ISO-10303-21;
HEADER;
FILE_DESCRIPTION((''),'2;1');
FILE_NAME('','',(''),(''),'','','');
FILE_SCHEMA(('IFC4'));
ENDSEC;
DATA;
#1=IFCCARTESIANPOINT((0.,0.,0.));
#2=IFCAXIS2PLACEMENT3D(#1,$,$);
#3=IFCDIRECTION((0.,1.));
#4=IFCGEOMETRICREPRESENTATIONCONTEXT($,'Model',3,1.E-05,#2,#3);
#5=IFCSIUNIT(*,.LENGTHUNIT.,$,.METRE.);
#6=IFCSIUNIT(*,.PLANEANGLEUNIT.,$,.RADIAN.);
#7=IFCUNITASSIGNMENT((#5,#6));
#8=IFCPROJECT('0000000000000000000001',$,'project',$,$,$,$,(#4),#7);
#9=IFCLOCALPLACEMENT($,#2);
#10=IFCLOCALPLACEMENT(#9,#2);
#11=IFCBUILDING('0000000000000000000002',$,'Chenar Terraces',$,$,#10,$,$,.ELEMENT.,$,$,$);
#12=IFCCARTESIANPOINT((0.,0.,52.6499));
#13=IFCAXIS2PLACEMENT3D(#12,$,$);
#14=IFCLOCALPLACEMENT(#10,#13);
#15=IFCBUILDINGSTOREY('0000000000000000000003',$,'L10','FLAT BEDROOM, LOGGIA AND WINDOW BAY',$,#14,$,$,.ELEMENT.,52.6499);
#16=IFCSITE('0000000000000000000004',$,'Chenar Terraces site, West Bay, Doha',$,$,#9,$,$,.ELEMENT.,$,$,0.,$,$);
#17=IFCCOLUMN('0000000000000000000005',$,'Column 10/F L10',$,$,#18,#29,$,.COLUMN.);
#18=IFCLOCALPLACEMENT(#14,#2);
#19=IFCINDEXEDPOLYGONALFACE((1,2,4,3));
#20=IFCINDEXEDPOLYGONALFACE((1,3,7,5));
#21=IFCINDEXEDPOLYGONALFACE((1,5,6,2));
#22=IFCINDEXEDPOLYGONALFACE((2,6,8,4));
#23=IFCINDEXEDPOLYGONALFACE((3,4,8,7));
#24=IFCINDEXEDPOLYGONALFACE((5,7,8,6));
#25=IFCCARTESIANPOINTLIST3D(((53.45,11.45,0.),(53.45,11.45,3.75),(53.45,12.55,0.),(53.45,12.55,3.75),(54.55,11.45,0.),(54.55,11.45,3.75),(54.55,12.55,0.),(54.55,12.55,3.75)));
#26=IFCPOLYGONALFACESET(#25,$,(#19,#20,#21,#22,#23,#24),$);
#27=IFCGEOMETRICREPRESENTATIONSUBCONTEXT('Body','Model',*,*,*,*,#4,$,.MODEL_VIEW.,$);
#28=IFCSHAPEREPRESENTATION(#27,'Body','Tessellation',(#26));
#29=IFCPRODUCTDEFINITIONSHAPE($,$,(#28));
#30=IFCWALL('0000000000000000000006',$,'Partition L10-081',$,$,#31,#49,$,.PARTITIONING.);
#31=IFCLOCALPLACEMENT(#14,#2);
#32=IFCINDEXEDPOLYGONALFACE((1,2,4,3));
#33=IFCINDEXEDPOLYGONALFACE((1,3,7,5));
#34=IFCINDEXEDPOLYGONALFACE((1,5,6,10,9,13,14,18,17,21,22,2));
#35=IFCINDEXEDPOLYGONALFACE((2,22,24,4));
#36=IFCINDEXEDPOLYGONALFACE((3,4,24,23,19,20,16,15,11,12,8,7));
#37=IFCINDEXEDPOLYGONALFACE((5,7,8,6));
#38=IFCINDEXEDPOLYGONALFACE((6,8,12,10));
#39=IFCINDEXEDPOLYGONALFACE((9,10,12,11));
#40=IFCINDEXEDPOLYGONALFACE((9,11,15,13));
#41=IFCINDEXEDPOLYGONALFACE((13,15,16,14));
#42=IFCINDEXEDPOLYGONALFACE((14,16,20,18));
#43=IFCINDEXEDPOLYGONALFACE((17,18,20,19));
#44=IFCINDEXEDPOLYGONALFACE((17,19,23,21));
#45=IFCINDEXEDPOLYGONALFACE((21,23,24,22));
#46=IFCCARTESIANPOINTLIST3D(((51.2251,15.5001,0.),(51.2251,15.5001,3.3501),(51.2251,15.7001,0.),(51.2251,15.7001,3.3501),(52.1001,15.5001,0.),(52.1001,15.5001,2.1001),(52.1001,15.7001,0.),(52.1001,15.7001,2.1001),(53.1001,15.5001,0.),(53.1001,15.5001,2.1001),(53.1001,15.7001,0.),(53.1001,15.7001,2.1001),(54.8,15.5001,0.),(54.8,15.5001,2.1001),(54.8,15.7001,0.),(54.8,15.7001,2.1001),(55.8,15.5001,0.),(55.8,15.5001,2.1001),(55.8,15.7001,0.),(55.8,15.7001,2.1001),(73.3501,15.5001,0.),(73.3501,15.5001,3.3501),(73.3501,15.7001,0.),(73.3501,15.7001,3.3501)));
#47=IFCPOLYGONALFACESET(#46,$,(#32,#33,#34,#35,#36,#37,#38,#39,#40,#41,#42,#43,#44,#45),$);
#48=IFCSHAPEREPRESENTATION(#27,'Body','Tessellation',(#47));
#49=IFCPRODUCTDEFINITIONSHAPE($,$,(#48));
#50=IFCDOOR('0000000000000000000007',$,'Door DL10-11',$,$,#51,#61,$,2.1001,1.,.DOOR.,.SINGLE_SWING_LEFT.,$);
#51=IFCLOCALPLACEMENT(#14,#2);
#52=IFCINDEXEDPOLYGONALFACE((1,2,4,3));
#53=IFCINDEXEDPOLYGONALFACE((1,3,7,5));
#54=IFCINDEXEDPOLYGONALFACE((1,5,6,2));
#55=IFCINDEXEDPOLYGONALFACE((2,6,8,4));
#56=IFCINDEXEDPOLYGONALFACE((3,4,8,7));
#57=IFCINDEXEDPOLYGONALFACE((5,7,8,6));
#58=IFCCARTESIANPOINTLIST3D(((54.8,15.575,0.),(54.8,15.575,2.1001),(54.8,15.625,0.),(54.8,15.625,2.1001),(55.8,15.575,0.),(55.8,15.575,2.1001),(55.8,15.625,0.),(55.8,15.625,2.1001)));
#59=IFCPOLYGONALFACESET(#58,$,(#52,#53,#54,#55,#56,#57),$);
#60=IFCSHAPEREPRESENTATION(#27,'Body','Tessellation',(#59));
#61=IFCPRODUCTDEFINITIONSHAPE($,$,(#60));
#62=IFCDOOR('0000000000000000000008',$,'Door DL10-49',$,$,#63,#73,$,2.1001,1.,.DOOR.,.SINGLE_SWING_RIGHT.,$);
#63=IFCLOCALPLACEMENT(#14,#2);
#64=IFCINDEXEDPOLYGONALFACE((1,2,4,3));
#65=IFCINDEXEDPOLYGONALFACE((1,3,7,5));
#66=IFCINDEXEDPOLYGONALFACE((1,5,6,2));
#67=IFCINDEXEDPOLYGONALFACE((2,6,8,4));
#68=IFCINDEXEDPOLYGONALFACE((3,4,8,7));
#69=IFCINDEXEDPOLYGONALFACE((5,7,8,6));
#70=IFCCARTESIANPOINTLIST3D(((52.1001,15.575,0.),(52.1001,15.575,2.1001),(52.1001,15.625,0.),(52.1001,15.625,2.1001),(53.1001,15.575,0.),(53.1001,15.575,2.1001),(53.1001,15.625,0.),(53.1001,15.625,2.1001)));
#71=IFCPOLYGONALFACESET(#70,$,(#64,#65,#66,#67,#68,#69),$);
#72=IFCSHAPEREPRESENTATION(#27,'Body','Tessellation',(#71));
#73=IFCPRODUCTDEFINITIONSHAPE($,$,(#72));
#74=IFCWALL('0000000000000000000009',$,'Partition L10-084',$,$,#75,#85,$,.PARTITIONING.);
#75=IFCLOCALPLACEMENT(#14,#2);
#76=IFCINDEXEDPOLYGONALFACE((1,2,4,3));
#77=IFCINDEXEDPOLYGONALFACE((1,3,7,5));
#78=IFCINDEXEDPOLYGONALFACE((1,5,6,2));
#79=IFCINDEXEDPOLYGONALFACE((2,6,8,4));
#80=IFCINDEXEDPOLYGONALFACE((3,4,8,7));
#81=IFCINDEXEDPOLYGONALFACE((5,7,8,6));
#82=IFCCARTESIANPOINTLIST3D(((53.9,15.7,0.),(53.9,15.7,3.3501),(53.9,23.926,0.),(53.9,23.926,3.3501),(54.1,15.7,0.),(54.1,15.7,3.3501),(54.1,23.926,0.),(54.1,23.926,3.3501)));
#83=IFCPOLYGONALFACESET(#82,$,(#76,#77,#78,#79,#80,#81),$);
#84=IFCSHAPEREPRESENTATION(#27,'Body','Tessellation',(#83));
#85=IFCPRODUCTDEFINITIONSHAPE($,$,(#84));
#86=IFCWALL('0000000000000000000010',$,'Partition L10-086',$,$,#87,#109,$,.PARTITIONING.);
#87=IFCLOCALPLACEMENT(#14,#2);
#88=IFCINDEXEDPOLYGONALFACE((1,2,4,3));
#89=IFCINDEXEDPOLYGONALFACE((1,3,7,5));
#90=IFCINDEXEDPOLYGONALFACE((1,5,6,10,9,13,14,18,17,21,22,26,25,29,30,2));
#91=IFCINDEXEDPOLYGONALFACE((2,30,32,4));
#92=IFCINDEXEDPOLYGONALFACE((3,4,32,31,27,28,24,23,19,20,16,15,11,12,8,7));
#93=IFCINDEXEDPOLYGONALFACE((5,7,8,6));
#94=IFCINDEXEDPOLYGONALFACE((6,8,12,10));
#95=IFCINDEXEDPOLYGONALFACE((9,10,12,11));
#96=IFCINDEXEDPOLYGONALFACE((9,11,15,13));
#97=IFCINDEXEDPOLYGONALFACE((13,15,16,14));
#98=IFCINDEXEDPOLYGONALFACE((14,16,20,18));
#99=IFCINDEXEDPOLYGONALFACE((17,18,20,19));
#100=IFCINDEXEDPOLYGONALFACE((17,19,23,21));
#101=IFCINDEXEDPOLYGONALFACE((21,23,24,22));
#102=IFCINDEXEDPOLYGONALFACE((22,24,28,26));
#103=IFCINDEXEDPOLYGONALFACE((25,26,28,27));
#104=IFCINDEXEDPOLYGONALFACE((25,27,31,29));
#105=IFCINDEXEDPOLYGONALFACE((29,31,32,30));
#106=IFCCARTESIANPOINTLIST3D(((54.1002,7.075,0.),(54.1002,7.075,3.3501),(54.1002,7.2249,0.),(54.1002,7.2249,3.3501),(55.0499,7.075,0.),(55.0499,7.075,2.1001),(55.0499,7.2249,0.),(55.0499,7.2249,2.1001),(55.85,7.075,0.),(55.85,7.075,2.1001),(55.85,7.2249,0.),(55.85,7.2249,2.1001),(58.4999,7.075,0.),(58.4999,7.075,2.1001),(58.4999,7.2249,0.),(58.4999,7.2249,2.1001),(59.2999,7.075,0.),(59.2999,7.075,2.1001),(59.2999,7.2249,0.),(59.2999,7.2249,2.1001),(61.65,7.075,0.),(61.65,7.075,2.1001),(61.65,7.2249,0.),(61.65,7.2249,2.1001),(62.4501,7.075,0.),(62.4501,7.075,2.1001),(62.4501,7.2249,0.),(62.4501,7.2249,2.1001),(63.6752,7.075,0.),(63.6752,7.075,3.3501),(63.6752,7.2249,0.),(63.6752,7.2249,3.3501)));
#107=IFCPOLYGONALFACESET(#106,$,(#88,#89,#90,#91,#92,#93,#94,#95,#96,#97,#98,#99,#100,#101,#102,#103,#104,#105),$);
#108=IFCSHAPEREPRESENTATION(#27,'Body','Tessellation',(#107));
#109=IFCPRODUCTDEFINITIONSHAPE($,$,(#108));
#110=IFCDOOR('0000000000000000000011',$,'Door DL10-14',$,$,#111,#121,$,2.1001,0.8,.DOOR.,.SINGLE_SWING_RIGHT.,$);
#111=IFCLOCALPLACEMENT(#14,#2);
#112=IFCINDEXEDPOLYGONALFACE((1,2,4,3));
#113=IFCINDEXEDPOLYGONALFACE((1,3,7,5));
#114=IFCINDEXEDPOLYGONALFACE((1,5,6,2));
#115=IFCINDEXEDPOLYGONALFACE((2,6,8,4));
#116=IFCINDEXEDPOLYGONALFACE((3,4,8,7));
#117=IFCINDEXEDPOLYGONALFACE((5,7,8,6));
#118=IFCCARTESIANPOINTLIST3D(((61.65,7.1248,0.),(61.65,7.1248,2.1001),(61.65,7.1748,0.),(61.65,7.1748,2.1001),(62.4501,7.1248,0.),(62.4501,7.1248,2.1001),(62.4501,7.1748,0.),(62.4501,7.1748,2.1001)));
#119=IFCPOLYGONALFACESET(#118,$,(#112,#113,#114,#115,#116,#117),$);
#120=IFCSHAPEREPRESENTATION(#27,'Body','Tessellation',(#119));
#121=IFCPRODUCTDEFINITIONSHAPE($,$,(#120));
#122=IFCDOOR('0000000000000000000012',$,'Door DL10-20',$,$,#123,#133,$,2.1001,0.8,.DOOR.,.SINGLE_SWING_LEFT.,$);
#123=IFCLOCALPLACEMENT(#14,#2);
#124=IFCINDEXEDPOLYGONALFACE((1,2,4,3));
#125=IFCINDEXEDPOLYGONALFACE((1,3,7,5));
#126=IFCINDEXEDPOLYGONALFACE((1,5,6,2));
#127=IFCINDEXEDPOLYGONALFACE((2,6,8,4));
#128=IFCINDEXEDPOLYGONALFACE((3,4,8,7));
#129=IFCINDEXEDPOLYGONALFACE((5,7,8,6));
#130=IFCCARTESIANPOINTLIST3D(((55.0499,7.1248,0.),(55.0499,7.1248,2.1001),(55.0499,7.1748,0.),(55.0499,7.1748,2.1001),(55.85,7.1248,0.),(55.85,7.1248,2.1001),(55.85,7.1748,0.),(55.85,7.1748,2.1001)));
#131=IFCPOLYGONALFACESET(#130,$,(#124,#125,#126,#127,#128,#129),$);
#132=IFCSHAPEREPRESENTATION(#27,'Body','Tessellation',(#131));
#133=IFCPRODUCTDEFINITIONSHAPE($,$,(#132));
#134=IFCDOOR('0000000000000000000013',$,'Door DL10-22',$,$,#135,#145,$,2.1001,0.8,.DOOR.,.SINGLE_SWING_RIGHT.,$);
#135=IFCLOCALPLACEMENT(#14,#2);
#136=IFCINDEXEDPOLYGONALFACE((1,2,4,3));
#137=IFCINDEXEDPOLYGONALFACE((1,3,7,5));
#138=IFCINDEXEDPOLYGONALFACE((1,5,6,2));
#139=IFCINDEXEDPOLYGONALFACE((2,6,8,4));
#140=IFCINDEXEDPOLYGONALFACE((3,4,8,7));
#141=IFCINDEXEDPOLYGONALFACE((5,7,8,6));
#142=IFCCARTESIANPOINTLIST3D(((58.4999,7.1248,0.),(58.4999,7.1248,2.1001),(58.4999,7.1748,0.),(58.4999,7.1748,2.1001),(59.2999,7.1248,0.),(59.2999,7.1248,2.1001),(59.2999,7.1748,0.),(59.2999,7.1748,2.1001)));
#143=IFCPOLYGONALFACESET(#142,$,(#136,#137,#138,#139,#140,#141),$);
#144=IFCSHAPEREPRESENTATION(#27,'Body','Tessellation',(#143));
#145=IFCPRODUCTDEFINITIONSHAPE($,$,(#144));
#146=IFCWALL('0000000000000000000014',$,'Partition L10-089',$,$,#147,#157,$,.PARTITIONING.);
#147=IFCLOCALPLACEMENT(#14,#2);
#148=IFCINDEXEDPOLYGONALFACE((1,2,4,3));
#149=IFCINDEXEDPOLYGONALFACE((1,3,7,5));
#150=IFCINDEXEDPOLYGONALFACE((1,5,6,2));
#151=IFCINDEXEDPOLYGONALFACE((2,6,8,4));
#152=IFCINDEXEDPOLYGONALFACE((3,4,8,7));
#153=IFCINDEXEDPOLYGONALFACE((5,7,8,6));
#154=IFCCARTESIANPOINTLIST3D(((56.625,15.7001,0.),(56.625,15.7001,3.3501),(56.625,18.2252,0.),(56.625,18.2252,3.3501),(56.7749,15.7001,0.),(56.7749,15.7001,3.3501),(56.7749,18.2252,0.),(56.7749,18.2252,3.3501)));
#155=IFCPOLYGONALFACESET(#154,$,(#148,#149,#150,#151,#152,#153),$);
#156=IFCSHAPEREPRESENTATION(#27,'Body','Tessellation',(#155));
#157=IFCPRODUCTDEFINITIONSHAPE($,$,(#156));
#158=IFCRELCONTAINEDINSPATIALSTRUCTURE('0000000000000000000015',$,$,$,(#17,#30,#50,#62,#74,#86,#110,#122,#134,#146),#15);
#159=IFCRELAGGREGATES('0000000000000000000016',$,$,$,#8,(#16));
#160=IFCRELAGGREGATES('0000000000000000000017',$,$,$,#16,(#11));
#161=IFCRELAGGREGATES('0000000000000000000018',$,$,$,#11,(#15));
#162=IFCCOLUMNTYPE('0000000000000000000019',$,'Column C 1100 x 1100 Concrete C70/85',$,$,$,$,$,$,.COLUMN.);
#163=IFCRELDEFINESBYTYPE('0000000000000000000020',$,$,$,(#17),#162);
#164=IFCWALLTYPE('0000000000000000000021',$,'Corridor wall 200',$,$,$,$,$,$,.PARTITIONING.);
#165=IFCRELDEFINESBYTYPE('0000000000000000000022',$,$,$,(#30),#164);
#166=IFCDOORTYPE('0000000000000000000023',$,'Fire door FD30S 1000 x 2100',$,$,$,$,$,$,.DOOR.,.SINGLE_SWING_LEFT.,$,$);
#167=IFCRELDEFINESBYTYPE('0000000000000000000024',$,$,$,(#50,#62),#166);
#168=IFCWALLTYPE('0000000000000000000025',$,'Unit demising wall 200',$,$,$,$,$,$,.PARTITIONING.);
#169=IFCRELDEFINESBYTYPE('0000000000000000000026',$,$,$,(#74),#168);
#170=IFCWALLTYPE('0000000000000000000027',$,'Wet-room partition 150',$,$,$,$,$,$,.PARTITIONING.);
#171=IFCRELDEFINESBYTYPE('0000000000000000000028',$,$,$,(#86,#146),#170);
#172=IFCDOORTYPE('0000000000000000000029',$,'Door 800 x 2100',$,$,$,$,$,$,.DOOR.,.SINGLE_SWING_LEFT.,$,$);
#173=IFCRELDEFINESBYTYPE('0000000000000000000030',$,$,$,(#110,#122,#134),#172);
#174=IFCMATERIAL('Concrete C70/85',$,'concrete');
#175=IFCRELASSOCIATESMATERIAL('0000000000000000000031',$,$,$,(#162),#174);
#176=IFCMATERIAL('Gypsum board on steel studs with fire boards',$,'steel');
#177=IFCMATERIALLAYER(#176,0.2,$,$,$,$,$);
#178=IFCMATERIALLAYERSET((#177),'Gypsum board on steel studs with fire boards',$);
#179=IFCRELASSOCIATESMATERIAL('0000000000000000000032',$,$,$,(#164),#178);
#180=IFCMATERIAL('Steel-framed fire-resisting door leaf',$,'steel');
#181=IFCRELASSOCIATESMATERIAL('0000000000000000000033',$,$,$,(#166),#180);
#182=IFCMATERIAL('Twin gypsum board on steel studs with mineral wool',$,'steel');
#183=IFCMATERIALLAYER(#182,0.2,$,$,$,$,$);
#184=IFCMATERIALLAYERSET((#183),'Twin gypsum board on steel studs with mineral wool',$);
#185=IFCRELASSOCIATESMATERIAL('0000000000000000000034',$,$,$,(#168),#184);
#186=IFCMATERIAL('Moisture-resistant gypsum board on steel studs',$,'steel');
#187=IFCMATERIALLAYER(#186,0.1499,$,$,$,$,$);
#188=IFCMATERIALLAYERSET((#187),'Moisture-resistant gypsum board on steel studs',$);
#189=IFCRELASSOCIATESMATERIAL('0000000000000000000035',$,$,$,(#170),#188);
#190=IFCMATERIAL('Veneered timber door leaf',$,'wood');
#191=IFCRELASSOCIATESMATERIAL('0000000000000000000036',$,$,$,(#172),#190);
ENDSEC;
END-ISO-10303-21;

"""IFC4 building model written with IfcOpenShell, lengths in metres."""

from ifc_helpers import new_model, si_unit, direction, frame, frame_2d, origin, origin_2d, place, context, subcontext, project, spatial, rectangle, extrude, material, layer, layer_set, material_profile, profile_set, type_object, element, fill, save


model = new_model("IFC4")

# Units and contexts
model_context = context("Model", 3, precision=1e-05, world=origin(), true_north=direction((0.0, 1.0)))
body_context = subcontext(model_context, "Body", "Model", "MODEL_VIEW")
ifc_project = project(units=[si_unit("LENGTHUNIT", "METRE"), si_unit("PLANEANGLEUNIT", "RADIAN")], contexts=[model_context])

# Site, building, storey
site_placement = place(None, origin())
site = spatial("IfcSite", under=ifc_project, at=site_placement, Name="Chenar Terraces site, West Bay, Doha", CompositionType="ELEMENT", RefElevation=0.0)
building_placement = place(site_placement, origin())
building = spatial("IfcBuilding", under=site, at=building_placement, Name="Chenar Terraces", CompositionType="ELEMENT")
storey_placement = place(building_placement, frame((0.0, 0.0, 52.6499)))
storey = spatial("IfcBuildingStorey", under=building, at=storey_placement, Name="L10", Description="FLAT BEDROOM, LOGGIA AND WINDOW BAY", CompositionType="ELEMENT", Elevation=52.6499)

# Column
ifc_material_1 = material(Name="Concrete C70/85", Category="concrete")
ifc_material_profile = material_profile(ifc_material_1, rectangle(XDim=1.1001, YDim=1.1001, at=origin_2d()), Name="C 1100 x 1100")
ifc_profile_set = profile_set([ifc_material_profile], Name="Concrete C70/85")
column_type = type_object("IfcColumnType", Name="Column C 1100 x 1100 Concrete C70/85", PredefinedType="COLUMN", material=ifc_profile_set)
column_placement = place(storey_placement, frame((54.0, 12.0, 0.0), z_axis=(0.0, 0.0, 1.0), x_axis=(1.0, 0.0, 0.0)))
element("IfcColumn", 1, at=column_placement, inside=storey, type_object=column_type, Name="Column 10/F L10", PredefinedType="COLUMN", context=body_context, shape_type="SweptSolid", body=[
    extrude(rectangle(XDim=1.1001, YDim=1.1001, at=origin_2d()), origin(), (0.0, 0.0, 1.0), 3.75),
])

# Wall, openings, doors
ifc_material_2 = material(Name="Gypsum board on steel studs with fire boards", Category="steel")
ifc_layer_1 = layer(ifc_material_2, 0.2)
ifc_layer_set_1 = layer_set([ifc_layer_1], Name="Gypsum board on steel studs with fire boards")
wall_type_1 = type_object("IfcWallType", Name="Corridor wall 200", PredefinedType="PARTITIONING", material=ifc_layer_set_1)
wall_1_placement = place(storey_placement, frame((51.2251, 15.6001, 0.0), z_axis=(0.0, 0.0, 1.0), x_axis=(1.0, 0.0, 0.0)))
wall_1 = element("IfcWall", 2, at=wall_1_placement, inside=storey, type_object=wall_type_1, Name="Partition L10-081", PredefinedType="PARTITIONING", context=body_context, shape_type="SweptSolid", body=[
    extrude(rectangle(XDim=22.125, YDim=0.2, at=frame_2d((11.0625, 0.0))), origin(), (0.0, 0.0, 1.0), 3.3501),
])
opening_1_placement = place(wall_1_placement, frame((3.575, 0.0, 0.0)))
opening_1 = element("IfcOpeningElement", 3, at=opening_1_placement, cuts=wall_1, PredefinedType="OPENING", context=body_context, shape_type="SweptSolid", body=[
    extrude(rectangle(XDim=1.0, YDim=2.1001, at=frame_2d((0.5, 1.05))), frame((0.0, 0.1099, 0.0), z_axis=(0.0, -1.0, 0.0), x_axis=(1.0, 0.0, 0.0)), (0.0, 0.0, 1.0), 0.22),
])
opening_2_placement = place(wall_1_placement, frame((0.875, 0.0, 0.0)))
opening_2 = element("IfcOpeningElement", 4, at=opening_2_placement, cuts=wall_1, PredefinedType="OPENING", context=body_context, shape_type="SweptSolid", body=[
    extrude(rectangle(XDim=1.0, YDim=2.1001, at=frame_2d((0.5, 1.05))), frame((0.0, 0.1099, 0.0), z_axis=(0.0, -1.0, 0.0), x_axis=(1.0, 0.0, 0.0)), (0.0, 0.0, 1.0), 0.22),
])
ifc_material_3 = material(Name="Steel-framed fire-resisting door leaf", Category="steel")
door_type_1 = type_object("IfcDoorType", Name="Fire door FD30S 1000 x 2100", OperationType="SINGLE_SWING_LEFT", PredefinedType="DOOR", material=ifc_material_3)
door_1_placement = place(opening_1_placement, origin())
door_1 = element("IfcDoor", 5, at=door_1_placement, inside=storey, type_object=door_type_1, Name="Door DL10-11", OperationType="SINGLE_SWING_LEFT", OverallHeight=2.1001, OverallWidth=1.0, PredefinedType="DOOR", context=body_context, shape_type="SweptSolid", body=[
    extrude(rectangle(XDim=1.0, YDim=2.1001, at=frame_2d((0.5, 1.05))), frame((0.0, 0.0249, 0.0), z_axis=(0.0, -1.0, 0.0), x_axis=(1.0, 0.0, 0.0)), (0.0, 0.0, 1.0), 0.05),
])
fill(opening_1, door_1)
door_2_placement = place(opening_2_placement, origin())
door_2 = element("IfcDoor", 6, at=door_2_placement, inside=storey, type_object=door_type_1, Name="Door DL10-49", OperationType="SINGLE_SWING_RIGHT", OverallHeight=2.1001, OverallWidth=1.0, PredefinedType="DOOR", context=body_context, shape_type="SweptSolid", body=[
    extrude(rectangle(XDim=1.0, YDim=2.1001, at=frame_2d((0.5, 1.05))), frame((0.0, 0.0249, 0.0), z_axis=(0.0, -1.0, 0.0), x_axis=(1.0, 0.0, 0.0)), (0.0, 0.0, 1.0), 0.05),
])
fill(opening_2, door_2)

# Wall
ifc_material_4 = material(Name="Twin gypsum board on steel studs with mineral wool", Category="steel")
ifc_layer_2 = layer(ifc_material_4, 0.2)
ifc_layer_set_2 = layer_set([ifc_layer_2], Name="Twin gypsum board on steel studs with mineral wool")
wall_type_2 = type_object("IfcWallType", Name="Unit demising wall 200", PredefinedType="PARTITIONING", material=ifc_layer_set_2)
wall_2_placement = place(storey_placement, frame((54.0, 15.7, 0.0), z_axis=(0.0, 0.0, 1.0), x_axis=(0.0, 1.0, 0.0)))
element("IfcWall", 7, at=wall_2_placement, inside=storey, type_object=wall_type_2, Name="Partition L10-084", PredefinedType="PARTITIONING", context=body_context, shape_type="SweptSolid", body=[
    extrude(rectangle(XDim=8.2261, YDim=0.2, at=frame_2d((4.113, 0.0))), origin(), (0.0, 0.0, 1.0), 3.3501),
])

# Wall, openings, doors
ifc_material_5 = material(Name="Moisture-resistant gypsum board on steel studs", Category="steel")
ifc_layer_3 = layer(ifc_material_5, 0.1499)
ifc_layer_set_3 = layer_set([ifc_layer_3], Name="Moisture-resistant gypsum board on steel studs")
wall_type_3 = type_object("IfcWallType", Name="Wet-room partition 150", PredefinedType="PARTITIONING", material=ifc_layer_set_3)
wall_3_placement = place(storey_placement, frame((54.1001, 7.1499, 0.0), z_axis=(0.0, 0.0, 1.0), x_axis=(1.0, 0.0, 0.0)))
wall_3 = element("IfcWall", 8, at=wall_3_placement, inside=storey, type_object=wall_type_3, Name="Partition L10-086", PredefinedType="PARTITIONING", context=body_context, shape_type="SweptSolid", body=[
    extrude(rectangle(XDim=9.575, YDim=0.1499, at=frame_2d((4.7876, 0.0))), origin(), (0.0, 0.0, 1.0), 3.3501),
])
opening_3_placement = place(wall_3_placement, frame((7.55, 0.0, 0.0)))
opening_3 = element("IfcOpeningElement", 9, at=opening_3_placement, cuts=wall_3, PredefinedType="OPENING", context=body_context, shape_type="SweptSolid", body=[
    extrude(rectangle(XDim=0.8, YDim=2.1001, at=frame_2d((0.3999, 1.05))), frame((0.0, 0.085, 0.0), z_axis=(0.0, -1.0, 0.0), x_axis=(1.0, 0.0, 0.0)), (0.0, 0.0, 1.0), 0.1699),
])
opening_4_placement = place(wall_3_placement, frame((0.95, 0.0, 0.0)))
opening_4 = element("IfcOpeningElement", 10, at=opening_4_placement, cuts=wall_3, PredefinedType="OPENING", context=body_context, shape_type="SweptSolid", body=[
    extrude(rectangle(XDim=0.8, YDim=2.1001, at=frame_2d((0.3999, 1.05))), frame((0.0, 0.085, 0.0), z_axis=(0.0, -1.0, 0.0), x_axis=(1.0, 0.0, 0.0)), (0.0, 0.0, 1.0), 0.1699),
])
opening_5_placement = place(wall_3_placement, frame((4.3999, 0.0, 0.0)))
opening_5 = element("IfcOpeningElement", 11, at=opening_5_placement, cuts=wall_3, PredefinedType="OPENING", context=body_context, shape_type="SweptSolid", body=[
    extrude(rectangle(XDim=0.8, YDim=2.1001, at=frame_2d((0.3999, 1.05))), frame((0.0, 0.085, 0.0), z_axis=(0.0, -1.0, 0.0), x_axis=(1.0, 0.0, 0.0)), (0.0, 0.0, 1.0), 0.1699),
])
ifc_material_6 = material(Name="Veneered timber door leaf", Category="wood")
door_type_2 = type_object("IfcDoorType", Name="Door 800 x 2100", OperationType="SINGLE_SWING_LEFT", PredefinedType="DOOR", material=ifc_material_6)
door_3_placement = place(opening_3_placement, origin())
door_3 = element("IfcDoor", 12, at=door_3_placement, inside=storey, type_object=door_type_2, Name="Door DL10-14", OperationType="SINGLE_SWING_RIGHT", OverallHeight=2.1001, OverallWidth=0.8, PredefinedType="DOOR", context=body_context, shape_type="SweptSolid", body=[
    extrude(rectangle(XDim=0.8, YDim=2.1001, at=frame_2d((0.3999, 1.05))), frame((0.0, 0.0249, 0.0), z_axis=(0.0, -1.0, 0.0), x_axis=(1.0, 0.0, 0.0)), (0.0, 0.0, 1.0), 0.05),
])
fill(opening_3, door_3)
door_4_placement = place(opening_4_placement, origin())
door_4 = element("IfcDoor", 13, at=door_4_placement, inside=storey, type_object=door_type_2, Name="Door DL10-20", OperationType="SINGLE_SWING_LEFT", OverallHeight=2.1001, OverallWidth=0.8, PredefinedType="DOOR", context=body_context, shape_type="SweptSolid", body=[
    extrude(rectangle(XDim=0.8, YDim=2.1001, at=frame_2d((0.3999, 1.05))), frame((0.0, 0.0249, 0.0), z_axis=(0.0, -1.0, 0.0), x_axis=(1.0, 0.0, 0.0)), (0.0, 0.0, 1.0), 0.05),
])
fill(opening_4, door_4)
door_5_placement = place(opening_5_placement, origin())
door_5 = element("IfcDoor", 14, at=door_5_placement, inside=storey, type_object=door_type_2, Name="Door DL10-22", OperationType="SINGLE_SWING_RIGHT", OverallHeight=2.1001, OverallWidth=0.8, PredefinedType="DOOR", context=body_context, shape_type="SweptSolid", body=[
    extrude(rectangle(XDim=0.8, YDim=2.1001, at=frame_2d((0.3999, 1.05))), frame((0.0, 0.0249, 0.0), z_axis=(0.0, -1.0, 0.0), x_axis=(1.0, 0.0, 0.0)), (0.0, 0.0, 1.0), 0.05),
])
fill(opening_5, door_5)

# Wall
wall_4_placement = place(storey_placement, frame((56.7, 15.7, 0.0), z_axis=(0.0, 0.0, 1.0), x_axis=(0.0, 1.0, 0.0)))
element("IfcWall", 15, at=wall_4_placement, inside=storey, type_object=wall_type_3, Name="Partition L10-089", PredefinedType="PARTITIONING", context=body_context, shape_type="SweptSolid", body=[
    extrude(rectangle(XDim=2.5251, YDim=0.1499, at=frame_2d((1.2627, 0.0))), origin(), (0.0, 0.0, 1.0), 3.3501),
])

save(model, "model.ifc")
